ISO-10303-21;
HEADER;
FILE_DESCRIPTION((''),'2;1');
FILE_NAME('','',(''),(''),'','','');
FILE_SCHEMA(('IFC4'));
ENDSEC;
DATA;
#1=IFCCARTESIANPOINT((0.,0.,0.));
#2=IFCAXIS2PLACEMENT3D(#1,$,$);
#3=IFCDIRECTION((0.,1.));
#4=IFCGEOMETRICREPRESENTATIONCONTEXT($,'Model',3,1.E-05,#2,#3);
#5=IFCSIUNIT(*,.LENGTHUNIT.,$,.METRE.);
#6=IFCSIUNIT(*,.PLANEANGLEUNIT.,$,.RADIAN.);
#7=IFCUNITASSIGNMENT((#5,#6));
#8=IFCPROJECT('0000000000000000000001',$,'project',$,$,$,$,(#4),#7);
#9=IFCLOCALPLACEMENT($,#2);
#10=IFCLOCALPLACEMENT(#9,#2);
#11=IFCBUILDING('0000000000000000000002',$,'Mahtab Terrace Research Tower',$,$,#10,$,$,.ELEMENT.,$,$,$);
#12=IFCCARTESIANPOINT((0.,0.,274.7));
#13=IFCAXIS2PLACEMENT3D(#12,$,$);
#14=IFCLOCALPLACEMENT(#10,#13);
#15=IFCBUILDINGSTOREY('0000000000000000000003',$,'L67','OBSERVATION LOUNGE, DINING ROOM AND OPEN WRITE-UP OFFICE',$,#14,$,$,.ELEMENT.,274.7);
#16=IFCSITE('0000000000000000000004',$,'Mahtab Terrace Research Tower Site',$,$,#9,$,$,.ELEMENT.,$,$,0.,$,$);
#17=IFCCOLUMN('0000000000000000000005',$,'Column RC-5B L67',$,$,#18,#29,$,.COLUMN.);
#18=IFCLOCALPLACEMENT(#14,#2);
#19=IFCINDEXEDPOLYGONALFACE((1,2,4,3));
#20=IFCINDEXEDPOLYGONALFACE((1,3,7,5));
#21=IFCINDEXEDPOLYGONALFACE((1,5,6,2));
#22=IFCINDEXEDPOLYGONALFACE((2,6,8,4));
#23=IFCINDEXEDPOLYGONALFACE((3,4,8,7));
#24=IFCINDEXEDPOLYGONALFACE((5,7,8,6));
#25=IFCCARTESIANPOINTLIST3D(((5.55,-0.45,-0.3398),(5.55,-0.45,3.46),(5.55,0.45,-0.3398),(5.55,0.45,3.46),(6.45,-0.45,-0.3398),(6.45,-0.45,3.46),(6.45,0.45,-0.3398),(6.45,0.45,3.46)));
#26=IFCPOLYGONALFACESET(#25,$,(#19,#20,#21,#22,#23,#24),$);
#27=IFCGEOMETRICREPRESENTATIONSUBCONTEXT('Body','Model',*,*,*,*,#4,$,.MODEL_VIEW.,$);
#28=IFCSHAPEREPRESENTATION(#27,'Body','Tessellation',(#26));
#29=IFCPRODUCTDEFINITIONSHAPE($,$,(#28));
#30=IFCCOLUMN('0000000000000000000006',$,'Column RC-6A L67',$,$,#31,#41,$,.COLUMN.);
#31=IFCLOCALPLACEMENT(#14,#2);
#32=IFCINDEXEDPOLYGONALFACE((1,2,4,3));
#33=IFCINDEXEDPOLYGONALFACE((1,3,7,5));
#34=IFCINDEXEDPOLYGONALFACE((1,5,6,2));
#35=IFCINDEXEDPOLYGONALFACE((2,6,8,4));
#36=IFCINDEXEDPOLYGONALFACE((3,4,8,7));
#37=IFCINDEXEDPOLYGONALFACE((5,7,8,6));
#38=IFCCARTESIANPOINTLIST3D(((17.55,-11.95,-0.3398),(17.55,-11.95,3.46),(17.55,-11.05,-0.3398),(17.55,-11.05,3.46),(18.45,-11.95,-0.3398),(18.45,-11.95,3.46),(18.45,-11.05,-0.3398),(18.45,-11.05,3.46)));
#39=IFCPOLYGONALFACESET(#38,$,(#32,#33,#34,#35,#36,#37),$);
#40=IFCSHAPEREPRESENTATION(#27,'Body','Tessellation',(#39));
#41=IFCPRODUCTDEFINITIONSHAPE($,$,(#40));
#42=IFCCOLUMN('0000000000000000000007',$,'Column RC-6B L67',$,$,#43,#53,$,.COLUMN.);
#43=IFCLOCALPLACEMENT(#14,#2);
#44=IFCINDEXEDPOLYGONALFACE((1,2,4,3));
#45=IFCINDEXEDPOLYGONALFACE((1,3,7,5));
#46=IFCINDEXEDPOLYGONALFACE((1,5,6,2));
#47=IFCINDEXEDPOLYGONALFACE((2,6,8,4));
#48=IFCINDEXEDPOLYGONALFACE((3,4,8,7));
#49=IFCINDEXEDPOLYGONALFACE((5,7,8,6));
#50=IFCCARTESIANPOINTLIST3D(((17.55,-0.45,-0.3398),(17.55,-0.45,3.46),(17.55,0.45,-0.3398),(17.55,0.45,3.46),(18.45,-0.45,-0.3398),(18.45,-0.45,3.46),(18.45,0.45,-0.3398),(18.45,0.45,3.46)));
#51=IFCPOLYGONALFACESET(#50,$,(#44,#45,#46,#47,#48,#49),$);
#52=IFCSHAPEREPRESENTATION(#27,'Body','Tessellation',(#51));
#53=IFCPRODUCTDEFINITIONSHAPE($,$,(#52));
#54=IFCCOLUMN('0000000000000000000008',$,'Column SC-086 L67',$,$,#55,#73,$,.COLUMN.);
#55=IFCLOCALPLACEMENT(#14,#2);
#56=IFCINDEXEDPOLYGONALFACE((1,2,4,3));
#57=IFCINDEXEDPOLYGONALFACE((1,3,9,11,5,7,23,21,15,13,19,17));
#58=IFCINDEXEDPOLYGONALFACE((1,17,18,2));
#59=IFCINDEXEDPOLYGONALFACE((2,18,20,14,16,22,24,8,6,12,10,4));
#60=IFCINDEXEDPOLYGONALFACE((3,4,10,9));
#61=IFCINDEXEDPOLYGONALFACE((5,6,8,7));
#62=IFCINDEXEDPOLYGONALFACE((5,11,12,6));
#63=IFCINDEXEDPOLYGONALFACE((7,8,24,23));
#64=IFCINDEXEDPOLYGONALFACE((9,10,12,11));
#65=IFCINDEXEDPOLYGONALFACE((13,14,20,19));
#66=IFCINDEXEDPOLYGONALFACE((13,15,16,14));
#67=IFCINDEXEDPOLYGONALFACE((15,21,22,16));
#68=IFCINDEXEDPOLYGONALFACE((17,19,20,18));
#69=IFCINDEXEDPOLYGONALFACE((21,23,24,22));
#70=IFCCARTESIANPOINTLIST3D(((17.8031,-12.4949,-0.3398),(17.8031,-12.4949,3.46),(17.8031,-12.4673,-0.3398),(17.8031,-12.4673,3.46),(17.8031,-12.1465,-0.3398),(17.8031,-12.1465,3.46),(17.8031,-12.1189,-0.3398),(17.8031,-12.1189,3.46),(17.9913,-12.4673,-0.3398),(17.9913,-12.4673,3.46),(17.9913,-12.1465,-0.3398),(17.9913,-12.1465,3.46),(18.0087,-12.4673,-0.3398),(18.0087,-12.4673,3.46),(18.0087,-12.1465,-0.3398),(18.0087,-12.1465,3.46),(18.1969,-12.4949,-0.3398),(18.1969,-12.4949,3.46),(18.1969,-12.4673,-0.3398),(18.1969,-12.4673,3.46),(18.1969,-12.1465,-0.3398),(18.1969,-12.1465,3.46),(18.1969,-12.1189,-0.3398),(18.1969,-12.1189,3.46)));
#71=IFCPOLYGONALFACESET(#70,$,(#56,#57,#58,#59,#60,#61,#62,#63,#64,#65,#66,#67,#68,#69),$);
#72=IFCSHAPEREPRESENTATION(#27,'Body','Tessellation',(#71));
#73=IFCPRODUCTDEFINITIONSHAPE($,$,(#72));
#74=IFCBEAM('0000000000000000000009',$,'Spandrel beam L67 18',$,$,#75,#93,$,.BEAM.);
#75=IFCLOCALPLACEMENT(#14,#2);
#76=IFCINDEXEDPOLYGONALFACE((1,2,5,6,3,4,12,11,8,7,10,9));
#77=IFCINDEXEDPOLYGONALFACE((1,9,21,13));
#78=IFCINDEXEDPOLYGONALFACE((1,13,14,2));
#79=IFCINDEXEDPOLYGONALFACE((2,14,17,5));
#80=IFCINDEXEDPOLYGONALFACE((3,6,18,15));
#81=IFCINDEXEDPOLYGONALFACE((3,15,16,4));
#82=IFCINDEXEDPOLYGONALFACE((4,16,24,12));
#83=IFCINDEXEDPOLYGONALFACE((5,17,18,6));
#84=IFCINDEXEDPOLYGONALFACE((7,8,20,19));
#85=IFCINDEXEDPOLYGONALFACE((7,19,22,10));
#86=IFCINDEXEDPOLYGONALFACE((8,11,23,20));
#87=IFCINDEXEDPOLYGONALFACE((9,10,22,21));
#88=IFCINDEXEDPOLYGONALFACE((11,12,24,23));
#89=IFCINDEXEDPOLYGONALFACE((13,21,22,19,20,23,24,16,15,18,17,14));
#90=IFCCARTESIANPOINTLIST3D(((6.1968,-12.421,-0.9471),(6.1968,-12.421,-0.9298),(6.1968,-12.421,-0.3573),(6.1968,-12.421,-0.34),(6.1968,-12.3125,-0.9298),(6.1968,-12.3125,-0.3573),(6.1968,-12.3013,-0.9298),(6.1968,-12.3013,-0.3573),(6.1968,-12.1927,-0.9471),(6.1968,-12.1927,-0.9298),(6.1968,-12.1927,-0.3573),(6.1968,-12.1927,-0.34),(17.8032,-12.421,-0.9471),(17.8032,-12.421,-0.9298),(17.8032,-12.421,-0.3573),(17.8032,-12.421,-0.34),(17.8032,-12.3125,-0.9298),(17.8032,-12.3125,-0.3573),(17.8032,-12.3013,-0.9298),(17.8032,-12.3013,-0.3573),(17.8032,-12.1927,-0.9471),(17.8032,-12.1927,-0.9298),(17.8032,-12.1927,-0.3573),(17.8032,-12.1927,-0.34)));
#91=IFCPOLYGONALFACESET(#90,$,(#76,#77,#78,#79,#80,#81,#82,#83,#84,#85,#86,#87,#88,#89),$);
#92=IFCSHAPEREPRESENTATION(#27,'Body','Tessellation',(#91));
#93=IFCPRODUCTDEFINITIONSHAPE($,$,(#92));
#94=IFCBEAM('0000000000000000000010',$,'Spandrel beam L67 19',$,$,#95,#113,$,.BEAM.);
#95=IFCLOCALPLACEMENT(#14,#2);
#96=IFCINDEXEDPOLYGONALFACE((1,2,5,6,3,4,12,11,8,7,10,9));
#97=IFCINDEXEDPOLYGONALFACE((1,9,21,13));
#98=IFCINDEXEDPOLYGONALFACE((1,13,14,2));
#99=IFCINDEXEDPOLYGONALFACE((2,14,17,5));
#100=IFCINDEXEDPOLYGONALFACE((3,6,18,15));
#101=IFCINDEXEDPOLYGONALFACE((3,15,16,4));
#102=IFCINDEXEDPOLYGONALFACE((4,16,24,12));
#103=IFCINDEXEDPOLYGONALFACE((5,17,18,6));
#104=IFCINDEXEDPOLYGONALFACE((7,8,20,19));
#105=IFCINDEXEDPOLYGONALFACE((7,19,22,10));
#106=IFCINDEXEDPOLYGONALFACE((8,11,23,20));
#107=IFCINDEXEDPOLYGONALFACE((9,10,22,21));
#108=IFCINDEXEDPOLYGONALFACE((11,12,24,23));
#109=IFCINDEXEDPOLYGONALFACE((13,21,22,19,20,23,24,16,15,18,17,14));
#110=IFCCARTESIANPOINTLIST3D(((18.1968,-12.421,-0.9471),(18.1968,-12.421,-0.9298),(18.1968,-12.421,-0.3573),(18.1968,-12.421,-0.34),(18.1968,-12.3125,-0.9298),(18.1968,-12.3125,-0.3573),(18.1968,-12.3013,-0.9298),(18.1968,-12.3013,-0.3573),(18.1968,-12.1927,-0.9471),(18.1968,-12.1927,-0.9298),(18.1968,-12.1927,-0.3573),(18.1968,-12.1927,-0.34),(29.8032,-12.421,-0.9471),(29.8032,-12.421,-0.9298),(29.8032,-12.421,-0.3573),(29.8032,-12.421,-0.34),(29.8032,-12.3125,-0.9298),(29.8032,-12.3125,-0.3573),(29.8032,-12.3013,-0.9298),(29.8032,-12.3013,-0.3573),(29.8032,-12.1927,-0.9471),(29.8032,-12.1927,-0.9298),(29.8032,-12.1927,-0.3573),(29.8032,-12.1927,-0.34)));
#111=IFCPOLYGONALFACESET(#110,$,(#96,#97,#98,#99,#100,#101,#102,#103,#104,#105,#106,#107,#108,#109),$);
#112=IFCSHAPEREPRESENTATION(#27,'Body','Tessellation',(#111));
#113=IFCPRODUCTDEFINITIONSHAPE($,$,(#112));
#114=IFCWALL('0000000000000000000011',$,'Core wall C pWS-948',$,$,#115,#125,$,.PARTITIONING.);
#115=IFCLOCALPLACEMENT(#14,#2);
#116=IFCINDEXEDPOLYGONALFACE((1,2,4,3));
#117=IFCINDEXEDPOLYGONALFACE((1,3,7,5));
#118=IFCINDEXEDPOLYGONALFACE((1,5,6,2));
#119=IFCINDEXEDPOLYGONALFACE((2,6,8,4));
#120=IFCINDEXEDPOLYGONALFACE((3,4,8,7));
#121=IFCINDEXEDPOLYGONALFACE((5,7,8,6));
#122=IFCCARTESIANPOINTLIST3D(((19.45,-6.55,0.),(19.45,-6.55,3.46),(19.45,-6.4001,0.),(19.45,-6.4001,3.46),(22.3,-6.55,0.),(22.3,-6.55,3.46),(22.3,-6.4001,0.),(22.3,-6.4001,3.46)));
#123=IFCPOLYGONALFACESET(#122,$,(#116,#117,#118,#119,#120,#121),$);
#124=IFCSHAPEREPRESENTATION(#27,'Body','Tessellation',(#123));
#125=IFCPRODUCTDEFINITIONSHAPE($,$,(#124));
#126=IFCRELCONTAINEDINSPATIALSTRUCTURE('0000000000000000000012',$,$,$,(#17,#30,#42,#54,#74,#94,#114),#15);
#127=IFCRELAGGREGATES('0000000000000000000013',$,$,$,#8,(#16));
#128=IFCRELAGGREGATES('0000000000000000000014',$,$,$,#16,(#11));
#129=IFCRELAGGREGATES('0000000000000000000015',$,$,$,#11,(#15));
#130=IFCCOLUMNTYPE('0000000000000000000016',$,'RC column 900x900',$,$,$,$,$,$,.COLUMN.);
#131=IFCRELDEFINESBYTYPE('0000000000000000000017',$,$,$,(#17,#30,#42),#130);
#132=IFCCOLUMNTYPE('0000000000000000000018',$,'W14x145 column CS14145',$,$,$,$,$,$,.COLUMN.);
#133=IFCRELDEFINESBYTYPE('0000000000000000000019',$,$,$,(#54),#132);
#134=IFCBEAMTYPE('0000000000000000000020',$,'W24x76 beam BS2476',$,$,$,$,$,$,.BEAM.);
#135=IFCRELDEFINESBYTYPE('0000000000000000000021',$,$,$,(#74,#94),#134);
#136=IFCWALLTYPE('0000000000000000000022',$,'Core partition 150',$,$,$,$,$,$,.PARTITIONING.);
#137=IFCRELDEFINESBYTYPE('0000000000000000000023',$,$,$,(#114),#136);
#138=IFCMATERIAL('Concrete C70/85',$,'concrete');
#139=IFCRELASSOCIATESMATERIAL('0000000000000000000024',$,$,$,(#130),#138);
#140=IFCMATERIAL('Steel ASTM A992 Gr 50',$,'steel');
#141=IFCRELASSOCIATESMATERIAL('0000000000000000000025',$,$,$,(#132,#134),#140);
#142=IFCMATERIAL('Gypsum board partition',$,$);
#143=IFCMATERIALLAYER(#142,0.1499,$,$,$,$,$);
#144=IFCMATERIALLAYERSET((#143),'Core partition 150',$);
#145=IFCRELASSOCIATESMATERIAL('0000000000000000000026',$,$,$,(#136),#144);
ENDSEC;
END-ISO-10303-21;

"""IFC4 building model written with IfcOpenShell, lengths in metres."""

from ifc_helpers import new_model, si_unit, direction, frame, frame_2d, origin, origin_2d, place, context, subcontext, project, spatial, rectangle, i_section, extrude, material, layer, layer_set, material_profile, profile_set, type_object, element, save


model = new_model("IFC4")

# Units and contexts
model_context = context("Model", 3, precision=1e-05, world=origin(), true_north=direction((0.0, 1.0)))
body_context = subcontext(model_context, "Body", "Model", "MODEL_VIEW")
ifc_project = project(units=[si_unit("LENGTHUNIT", "METRE"), si_unit("PLANEANGLEUNIT", "RADIAN")], contexts=[model_context])

# Site, building, storey
site_placement = place(None, origin())
site = spatial("IfcSite", under=ifc_project, at=site_placement, Name="Mahtab Terrace Research Tower Site", CompositionType="ELEMENT", RefElevation=0.0)
building_placement = place(site_placement, origin())
building = spatial("IfcBuilding", under=site, at=building_placement, Name="Mahtab Terrace Research Tower", CompositionType="ELEMENT")
storey_placement = place(building_placement, frame((0.0, 0.0, 274.7)))
storey = spatial("IfcBuildingStorey", under=building, at=storey_placement, Name="L67", Description="OBSERVATION LOUNGE, DINING ROOM AND OPEN WRITE-UP OFFICE", CompositionType="ELEMENT", Elevation=274.7)

# Columns
ifc_material_1 = material(Name="Concrete C70/85", Category="concrete")
ifc_material_profile_1 = material_profile(ifc_material_1, rectangle(XDim=0.8999, YDim=0.8999, at=origin_2d()), Name="RC column 900x900")
ifc_profile_set_1 = profile_set([ifc_material_profile_1], Name="Concrete C70/85")
column_type_1 = type_object("IfcColumnType", Name="RC column 900x900", PredefinedType="COLUMN", material=ifc_profile_set_1)
for number, where, z_axis, x_axis, name in (
    (1, (6.0, 0.0, -0.3398), (0.0, 0.0, 1.0), (1.0, 0.0, 0.0), "Column RC-5B L67"),
    (2, (18.0, -11.5, -0.3398), (0.0, 0.0, 1.0), (1.0, 0.0, 0.0), "Column RC-6A L67"),
    (3, (18.0, 0.0, -0.3398), (0.0, 0.0, 1.0), (1.0, 0.0, 0.0), "Column RC-6B L67"),
):
    element("IfcColumn", number, at=place(storey_placement, frame(where, z_axis=z_axis, x_axis=x_axis)), inside=storey, type_object=column_type_1, Name=name, PredefinedType="COLUMN", context=body_context, shape_type="SweptSolid", body=[
        extrude(rectangle(XDim=0.8999, YDim=0.8999, at=origin_2d()), origin(), (0.0, 0.0, 1.0), 3.7998),
    ])
ifc_material_2 = material(Name="Steel ASTM A992 Gr 50", Category="steel")
ifc_material_profile_2 = material_profile(ifc_material_2, i_section(OverallWidth=0.3938, OverallDepth=0.376, WebThickness=0.0173, FlangeThickness=0.0276, at=origin_2d()), Name="W14X145")
ifc_profile_set_2 = profile_set([ifc_material_profile_2], Name="Steel ASTM A992 Gr 50")
column_type_2 = type_object("IfcColumnType", Name="W14x145 column CS14145", PredefinedType="COLUMN", material=ifc_profile_set_2)
column_placement = place(storey_placement, frame((18.0, -12.3069, -0.3398), z_axis=(0.0, 0.0, 1.0), x_axis=(1.0, 0.0, 0.0)))
element("IfcColumn", 4, at=column_placement, inside=storey, type_object=column_type_2, Name="Column SC-086 L67", PredefinedType="COLUMN", context=body_context, shape_type="SweptSolid", body=[
    extrude(i_section(OverallWidth=0.3938, OverallDepth=0.376, WebThickness=0.0173, FlangeThickness=0.0276, at=origin_2d()), origin(), (0.0, 0.0, 1.0), 3.7998),
])

# Beams
ifc_material_profile_3 = material_profile(ifc_material_2, i_section(OverallWidth=0.2283, OverallDepth=0.6072, WebThickness=0.0112, FlangeThickness=0.0173, at=origin_2d()), Name="W24X76")
ifc_profile_set_3 = profile_set([ifc_material_profile_3], Name="Steel ASTM A992 Gr 50")
beam_type = type_object("IfcBeamType", Name="W24x76 beam BS2476", PredefinedType="BEAM", material=ifc_profile_set_3)
for number, where, z_axis, x_axis, name in (
    (5, (6.1968, -12.3069, -0.6436), (1.0, 0.0, 0.0), (0.0, 1.0, 0.0), "Spandrel beam L67 18"),
    (6, (18.1968, -12.3069, -0.6436), (1.0, 0.0, 0.0), (0.0, 1.0, 0.0), "Spandrel beam L67 19"),
):
    element("IfcBeam", number, at=place(storey_placement, frame(where, z_axis=z_axis, x_axis=x_axis)), inside=storey, type_object=beam_type, Name=name, PredefinedType="BEAM", context=body_context, shape_type="SweptSolid", body=[
        extrude(i_section(OverallWidth=0.2283, OverallDepth=0.6072, WebThickness=0.0112, FlangeThickness=0.0173, at=origin_2d()), origin(), (0.0, 0.0, 1.0), 11.6064),
    ])

# Wall
ifc_material_3 = material(Name="Gypsum board partition")
ifc_layer_1 = layer(ifc_material_3, 0.1499)
ifc_layer_set_1 = layer_set([ifc_layer_1], Name="Core partition 150")
wall_type_1 = type_object("IfcWallType", Name="Core partition 150", PredefinedType="PARTITIONING", material=ifc_layer_set_1)
wall_1_placement = place(storey_placement, frame((19.45, -6.4751, 0.0), z_axis=(0.0, 0.0, 1.0), x_axis=(1.0, 0.0, 0.0)))
element("IfcWall", 7, at=wall_1_placement, inside=storey, type_object=wall_type_1, Name="Core wall C pWS-948", PredefinedType="PARTITIONING", context=body_context, shape_type="SweptSolid", body=[
    extrude(rectangle(XDim=2.8501, YDim=0.1499, at=frame_2d((1.425, 0.0))), origin(), (0.0, 0.0, 1.0), 3.46),
])

save(model, "model.ifc")
